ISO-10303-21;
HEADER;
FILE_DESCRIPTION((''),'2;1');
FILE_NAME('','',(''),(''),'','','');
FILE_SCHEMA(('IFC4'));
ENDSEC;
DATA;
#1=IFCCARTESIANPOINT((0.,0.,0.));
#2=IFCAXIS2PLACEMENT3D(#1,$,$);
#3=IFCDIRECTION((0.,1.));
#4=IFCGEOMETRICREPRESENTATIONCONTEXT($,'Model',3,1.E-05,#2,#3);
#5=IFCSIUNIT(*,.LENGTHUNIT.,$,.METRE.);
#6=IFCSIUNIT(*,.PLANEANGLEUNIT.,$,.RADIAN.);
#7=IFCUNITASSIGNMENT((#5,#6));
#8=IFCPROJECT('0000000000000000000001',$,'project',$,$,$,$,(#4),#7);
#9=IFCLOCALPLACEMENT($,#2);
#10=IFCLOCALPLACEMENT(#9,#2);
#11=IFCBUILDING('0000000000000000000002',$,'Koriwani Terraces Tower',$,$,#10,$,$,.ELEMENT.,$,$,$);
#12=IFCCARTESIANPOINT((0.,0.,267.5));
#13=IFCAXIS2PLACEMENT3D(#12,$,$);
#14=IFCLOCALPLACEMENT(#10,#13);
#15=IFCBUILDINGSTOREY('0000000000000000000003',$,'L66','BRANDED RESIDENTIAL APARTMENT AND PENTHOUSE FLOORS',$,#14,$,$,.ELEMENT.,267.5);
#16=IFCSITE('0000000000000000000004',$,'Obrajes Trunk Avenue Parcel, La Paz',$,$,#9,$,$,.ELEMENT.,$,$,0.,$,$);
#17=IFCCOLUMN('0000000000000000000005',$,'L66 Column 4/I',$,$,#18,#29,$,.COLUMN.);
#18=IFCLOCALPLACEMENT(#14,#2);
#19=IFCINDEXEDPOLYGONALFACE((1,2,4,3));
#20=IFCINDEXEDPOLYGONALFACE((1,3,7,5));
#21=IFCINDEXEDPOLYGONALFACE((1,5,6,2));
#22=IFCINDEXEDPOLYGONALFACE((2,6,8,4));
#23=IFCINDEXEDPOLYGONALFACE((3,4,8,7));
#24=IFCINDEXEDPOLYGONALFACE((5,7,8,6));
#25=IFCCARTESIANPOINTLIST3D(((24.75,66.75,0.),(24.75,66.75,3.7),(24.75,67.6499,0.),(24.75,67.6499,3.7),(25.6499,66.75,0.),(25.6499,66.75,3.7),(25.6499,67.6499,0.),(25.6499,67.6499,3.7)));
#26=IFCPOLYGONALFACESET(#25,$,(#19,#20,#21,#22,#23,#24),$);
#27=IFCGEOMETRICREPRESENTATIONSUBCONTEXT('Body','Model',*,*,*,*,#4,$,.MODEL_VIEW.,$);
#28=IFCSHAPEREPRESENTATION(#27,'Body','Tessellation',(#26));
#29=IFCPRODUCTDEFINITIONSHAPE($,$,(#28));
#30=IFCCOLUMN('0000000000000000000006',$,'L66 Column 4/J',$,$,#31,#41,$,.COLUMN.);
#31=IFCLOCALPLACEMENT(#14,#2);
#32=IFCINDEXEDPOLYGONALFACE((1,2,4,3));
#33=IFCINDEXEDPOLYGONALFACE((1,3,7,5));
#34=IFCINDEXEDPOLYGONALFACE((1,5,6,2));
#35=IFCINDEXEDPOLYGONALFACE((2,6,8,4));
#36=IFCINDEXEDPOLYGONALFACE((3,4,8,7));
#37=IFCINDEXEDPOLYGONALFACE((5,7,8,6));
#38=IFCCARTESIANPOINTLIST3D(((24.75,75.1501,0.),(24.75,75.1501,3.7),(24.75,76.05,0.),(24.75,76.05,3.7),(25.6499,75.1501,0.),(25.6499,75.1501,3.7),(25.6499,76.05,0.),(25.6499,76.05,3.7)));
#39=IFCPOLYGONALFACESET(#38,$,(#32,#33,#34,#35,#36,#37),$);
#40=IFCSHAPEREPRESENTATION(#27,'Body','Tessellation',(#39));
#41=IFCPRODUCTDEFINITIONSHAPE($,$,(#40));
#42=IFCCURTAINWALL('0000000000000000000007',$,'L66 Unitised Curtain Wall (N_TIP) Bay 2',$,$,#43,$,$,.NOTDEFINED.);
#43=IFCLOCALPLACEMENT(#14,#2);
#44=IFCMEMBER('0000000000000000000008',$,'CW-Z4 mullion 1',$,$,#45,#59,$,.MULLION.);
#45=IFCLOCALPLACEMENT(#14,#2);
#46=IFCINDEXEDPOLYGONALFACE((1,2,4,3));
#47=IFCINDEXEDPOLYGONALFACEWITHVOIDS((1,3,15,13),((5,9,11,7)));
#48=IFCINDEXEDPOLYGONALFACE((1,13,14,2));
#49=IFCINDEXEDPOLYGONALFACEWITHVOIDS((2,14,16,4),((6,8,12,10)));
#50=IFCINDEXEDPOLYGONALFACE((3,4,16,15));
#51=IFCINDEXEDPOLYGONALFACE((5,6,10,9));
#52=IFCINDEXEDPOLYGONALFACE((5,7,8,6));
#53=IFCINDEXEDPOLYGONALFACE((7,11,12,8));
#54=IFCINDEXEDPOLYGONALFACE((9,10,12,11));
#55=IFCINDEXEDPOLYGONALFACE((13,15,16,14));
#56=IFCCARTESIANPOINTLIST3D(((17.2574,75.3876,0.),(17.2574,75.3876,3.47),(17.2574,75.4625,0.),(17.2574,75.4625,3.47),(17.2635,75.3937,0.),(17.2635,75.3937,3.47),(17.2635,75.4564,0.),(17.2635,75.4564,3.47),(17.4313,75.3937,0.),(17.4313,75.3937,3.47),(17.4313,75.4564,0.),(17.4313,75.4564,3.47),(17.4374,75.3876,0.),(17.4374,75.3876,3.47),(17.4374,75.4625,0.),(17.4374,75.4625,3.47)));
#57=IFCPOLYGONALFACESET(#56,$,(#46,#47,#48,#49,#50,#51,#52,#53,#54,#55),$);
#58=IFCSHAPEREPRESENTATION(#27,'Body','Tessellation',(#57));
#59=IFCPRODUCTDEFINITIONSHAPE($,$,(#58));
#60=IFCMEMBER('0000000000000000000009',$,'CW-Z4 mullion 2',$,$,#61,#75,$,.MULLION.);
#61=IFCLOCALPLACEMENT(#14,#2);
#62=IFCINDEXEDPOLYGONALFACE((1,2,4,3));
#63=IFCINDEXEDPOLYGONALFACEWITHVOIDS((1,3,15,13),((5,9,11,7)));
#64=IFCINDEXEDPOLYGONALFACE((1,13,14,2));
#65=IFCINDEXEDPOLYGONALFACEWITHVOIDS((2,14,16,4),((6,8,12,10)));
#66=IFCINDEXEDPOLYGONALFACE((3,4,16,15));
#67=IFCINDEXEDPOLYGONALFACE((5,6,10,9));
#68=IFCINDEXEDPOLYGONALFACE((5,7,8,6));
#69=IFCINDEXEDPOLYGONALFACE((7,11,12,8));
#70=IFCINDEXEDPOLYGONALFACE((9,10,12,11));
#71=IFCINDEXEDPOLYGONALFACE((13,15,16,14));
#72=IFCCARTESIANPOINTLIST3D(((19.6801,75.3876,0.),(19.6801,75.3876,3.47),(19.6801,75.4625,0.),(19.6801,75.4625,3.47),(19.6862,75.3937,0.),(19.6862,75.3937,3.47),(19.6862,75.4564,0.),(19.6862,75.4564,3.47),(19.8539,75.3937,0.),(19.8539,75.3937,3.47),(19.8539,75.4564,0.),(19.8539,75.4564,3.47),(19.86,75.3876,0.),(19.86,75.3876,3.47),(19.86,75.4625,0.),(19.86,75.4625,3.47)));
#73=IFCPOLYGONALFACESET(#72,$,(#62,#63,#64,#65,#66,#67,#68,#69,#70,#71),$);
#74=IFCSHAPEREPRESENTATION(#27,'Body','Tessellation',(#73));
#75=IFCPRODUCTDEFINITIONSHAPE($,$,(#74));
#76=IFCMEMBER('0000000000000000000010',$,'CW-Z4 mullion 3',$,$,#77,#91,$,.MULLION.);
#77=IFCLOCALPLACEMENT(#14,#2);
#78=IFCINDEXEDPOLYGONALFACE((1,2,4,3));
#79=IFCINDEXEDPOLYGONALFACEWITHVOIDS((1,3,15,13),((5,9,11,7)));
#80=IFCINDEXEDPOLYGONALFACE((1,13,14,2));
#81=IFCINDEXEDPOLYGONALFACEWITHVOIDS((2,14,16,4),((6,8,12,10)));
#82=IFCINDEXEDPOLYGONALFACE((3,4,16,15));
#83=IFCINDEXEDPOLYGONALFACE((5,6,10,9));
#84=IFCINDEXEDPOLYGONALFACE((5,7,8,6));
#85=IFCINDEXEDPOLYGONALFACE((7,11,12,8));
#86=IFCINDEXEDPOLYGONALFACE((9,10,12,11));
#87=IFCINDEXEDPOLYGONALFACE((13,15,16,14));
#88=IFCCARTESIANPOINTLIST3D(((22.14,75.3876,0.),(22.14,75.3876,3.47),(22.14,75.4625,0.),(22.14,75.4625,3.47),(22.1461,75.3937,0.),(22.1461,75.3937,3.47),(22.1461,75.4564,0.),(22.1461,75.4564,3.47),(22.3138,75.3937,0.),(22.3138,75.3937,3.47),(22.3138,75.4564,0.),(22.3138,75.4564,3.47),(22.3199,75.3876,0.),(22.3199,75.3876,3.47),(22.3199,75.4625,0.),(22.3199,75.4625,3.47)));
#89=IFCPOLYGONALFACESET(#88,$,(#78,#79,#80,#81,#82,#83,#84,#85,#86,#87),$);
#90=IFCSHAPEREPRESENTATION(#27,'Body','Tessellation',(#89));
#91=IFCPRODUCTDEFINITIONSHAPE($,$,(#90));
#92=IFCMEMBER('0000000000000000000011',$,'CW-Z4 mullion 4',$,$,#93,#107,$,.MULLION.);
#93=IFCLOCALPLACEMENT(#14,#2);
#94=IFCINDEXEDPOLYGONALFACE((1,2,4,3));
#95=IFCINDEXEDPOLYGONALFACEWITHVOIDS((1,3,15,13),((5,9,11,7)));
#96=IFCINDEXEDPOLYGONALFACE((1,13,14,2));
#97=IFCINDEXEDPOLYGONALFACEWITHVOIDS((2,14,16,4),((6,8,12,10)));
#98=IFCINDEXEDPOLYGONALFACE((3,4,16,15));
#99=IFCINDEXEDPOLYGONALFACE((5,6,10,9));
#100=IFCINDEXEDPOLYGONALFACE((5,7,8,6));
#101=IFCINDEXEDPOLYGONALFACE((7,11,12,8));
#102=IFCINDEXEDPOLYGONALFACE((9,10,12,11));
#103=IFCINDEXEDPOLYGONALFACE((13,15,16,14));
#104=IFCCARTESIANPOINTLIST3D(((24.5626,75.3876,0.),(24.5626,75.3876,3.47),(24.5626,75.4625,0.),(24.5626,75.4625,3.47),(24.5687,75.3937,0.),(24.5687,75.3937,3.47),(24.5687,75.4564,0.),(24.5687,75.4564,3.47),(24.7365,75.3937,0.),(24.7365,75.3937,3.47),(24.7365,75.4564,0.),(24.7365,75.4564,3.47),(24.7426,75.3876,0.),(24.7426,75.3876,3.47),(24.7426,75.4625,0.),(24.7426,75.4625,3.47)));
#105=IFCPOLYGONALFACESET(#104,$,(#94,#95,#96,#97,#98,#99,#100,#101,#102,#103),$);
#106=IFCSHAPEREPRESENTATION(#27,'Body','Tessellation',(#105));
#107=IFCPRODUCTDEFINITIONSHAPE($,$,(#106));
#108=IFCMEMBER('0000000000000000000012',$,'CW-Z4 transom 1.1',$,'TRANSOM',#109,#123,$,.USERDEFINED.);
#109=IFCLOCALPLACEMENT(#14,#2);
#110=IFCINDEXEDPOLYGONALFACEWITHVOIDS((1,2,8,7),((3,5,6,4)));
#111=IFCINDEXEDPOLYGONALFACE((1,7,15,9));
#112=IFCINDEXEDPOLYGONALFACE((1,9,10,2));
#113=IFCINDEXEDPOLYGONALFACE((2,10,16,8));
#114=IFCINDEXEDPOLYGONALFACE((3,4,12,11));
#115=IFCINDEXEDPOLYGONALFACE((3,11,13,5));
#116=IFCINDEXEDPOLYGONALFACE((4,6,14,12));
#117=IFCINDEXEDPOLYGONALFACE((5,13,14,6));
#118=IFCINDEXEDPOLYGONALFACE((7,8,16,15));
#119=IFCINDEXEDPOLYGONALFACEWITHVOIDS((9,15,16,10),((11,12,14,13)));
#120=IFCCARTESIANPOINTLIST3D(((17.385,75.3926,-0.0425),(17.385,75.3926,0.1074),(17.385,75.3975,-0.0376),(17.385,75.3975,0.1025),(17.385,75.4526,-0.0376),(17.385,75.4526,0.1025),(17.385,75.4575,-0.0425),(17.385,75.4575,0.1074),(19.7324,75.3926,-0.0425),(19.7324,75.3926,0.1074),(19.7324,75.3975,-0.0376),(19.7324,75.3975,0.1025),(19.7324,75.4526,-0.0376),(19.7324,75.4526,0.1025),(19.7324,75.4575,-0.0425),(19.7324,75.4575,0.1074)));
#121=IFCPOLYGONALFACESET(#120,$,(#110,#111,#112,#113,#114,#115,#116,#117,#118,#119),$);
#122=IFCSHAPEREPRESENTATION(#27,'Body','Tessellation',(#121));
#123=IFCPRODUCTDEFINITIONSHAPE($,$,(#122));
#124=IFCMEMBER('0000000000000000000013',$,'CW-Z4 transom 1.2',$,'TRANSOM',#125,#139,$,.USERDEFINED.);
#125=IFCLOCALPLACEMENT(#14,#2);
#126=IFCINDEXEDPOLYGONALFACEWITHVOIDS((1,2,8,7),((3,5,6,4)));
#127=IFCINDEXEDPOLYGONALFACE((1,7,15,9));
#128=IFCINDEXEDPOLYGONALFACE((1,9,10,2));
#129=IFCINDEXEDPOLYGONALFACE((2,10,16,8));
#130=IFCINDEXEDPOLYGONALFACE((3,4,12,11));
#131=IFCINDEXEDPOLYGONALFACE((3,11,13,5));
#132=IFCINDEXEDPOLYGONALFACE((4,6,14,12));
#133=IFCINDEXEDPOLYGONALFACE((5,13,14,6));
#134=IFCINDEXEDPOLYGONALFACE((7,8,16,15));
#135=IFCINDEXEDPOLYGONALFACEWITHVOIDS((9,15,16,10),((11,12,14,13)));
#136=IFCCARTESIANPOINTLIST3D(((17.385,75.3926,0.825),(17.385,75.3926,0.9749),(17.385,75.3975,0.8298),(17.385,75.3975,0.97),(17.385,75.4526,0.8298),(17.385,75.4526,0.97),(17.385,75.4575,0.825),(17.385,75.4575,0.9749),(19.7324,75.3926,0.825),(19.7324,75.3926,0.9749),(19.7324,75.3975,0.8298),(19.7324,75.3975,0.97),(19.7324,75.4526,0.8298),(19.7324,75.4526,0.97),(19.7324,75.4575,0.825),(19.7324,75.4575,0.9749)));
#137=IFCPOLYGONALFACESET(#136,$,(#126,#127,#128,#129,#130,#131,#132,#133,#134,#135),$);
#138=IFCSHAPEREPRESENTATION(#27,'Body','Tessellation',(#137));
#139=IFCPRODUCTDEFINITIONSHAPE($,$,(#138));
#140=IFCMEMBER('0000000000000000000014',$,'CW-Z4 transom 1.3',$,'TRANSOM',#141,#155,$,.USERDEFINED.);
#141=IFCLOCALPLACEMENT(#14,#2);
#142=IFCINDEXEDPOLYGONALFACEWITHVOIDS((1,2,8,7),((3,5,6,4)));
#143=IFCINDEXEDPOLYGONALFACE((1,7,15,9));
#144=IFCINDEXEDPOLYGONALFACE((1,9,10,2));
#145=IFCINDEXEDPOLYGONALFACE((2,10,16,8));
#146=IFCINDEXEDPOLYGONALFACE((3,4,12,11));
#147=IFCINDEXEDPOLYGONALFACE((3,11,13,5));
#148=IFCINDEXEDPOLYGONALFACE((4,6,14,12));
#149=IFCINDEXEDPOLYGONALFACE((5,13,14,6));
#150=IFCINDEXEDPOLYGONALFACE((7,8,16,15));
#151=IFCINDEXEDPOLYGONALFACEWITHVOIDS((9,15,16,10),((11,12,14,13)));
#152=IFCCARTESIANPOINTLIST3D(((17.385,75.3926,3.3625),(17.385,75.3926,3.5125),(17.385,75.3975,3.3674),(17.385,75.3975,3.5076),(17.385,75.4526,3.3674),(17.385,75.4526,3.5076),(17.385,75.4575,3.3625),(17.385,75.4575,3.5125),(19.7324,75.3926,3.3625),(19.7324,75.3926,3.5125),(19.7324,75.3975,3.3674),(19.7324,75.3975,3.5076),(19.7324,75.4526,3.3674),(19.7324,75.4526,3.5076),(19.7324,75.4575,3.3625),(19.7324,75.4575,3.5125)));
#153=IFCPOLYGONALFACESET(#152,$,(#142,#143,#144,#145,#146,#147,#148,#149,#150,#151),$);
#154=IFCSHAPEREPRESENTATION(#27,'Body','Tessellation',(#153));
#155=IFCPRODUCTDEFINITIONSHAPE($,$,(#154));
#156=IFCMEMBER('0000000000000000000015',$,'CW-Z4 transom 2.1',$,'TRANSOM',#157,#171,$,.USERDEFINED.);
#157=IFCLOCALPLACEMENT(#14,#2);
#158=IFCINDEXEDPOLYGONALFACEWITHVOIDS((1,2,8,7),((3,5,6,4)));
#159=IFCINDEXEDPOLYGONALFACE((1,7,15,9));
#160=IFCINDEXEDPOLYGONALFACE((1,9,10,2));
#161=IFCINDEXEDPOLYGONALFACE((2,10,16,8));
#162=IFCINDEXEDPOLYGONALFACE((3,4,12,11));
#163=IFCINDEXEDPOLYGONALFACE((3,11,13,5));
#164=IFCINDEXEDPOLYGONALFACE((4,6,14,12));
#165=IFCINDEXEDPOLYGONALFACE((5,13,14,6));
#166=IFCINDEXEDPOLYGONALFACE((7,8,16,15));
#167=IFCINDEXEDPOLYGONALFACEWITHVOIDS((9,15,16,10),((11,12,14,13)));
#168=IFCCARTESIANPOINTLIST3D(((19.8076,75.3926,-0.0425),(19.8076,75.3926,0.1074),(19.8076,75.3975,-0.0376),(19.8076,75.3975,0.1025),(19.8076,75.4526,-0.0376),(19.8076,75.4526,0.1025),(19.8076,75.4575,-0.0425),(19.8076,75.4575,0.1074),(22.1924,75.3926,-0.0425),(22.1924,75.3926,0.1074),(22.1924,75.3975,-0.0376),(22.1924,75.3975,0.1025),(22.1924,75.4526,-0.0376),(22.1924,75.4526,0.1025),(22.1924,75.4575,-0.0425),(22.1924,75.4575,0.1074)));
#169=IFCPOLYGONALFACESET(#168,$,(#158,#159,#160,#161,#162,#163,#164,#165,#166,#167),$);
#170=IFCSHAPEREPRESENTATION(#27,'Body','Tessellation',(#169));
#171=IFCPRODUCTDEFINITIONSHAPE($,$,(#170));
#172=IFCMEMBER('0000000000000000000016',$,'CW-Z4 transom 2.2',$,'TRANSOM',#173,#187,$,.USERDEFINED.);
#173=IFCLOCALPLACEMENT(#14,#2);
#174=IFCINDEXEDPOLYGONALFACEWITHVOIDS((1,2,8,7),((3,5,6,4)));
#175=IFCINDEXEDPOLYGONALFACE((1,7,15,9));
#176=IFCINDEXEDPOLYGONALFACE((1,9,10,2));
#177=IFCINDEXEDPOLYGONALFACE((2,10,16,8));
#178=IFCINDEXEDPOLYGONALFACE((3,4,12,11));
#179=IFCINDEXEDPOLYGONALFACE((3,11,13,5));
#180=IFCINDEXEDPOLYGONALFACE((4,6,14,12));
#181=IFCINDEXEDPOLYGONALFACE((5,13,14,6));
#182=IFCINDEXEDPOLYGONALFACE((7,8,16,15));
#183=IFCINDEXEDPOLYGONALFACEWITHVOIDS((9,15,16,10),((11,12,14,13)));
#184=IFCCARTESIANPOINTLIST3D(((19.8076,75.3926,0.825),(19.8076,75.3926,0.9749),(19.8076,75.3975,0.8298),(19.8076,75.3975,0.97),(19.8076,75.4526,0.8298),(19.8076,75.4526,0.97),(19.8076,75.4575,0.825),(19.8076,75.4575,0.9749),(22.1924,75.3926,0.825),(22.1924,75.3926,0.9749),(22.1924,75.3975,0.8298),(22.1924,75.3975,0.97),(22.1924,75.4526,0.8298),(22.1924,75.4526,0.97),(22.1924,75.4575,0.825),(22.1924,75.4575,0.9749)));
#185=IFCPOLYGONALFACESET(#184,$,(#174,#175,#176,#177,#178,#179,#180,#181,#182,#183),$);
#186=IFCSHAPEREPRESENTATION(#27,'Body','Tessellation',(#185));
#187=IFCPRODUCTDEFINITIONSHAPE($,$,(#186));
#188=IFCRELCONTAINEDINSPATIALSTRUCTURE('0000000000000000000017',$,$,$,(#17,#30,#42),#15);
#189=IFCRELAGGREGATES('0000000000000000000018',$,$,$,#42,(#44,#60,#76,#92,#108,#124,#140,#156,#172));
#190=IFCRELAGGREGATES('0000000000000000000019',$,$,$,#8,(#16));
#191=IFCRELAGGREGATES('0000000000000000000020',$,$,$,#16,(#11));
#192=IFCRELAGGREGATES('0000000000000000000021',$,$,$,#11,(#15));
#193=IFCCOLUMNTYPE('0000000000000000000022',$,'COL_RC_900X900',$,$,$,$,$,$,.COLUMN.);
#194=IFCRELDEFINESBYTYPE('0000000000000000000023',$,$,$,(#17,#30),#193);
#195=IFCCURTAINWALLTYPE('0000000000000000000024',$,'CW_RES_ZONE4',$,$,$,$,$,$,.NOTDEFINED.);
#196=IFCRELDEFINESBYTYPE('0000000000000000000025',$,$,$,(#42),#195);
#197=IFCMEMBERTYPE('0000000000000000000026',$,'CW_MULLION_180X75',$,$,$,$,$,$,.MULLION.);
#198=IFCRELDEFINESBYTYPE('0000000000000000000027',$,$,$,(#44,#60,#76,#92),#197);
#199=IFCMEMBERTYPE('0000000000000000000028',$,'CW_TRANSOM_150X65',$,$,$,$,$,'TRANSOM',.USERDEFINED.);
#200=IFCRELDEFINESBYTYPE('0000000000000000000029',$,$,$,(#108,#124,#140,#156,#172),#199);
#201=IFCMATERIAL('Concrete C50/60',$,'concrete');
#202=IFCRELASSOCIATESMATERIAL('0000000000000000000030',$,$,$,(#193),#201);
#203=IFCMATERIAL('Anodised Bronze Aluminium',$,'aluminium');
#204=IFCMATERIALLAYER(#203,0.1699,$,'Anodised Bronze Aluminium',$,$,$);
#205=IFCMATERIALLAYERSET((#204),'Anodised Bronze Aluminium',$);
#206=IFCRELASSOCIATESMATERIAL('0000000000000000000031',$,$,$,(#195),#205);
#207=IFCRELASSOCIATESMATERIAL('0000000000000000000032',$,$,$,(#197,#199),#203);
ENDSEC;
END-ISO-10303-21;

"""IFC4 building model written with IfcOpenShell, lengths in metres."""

from ifc_helpers import new_model, si_unit, direction, frame, origin, origin_2d, place, context, subcontext, project, spatial, rectangle, hollow_rectangle, extrude, material, layer, layer_set, material_profile, profile_set, type_object, element, aggregate, save


model = new_model("IFC4")

# Units and contexts
model_context = context("Model", 3, precision=1e-05, world=origin(), true_north=direction((0.0, 1.0)))
body_context = subcontext(model_context, "Body", "Model", "MODEL_VIEW")
ifc_project = project(units=[si_unit("LENGTHUNIT", "METRE"), si_unit("PLANEANGLEUNIT", "RADIAN")], contexts=[model_context])

# Site, building, storey
site_placement = place(None, origin())
site = spatial("IfcSite", under=ifc_project, at=site_placement, Name="Obrajes Trunk Avenue Parcel, La Paz", CompositionType="ELEMENT", RefElevation=0.0)
building_placement = place(site_placement, origin())
building = spatial("IfcBuilding", under=site, at=building_placement, Name="Koriwani Terraces Tower", CompositionType="ELEMENT")
storey_placement = place(building_placement, frame((0.0, 0.0, 267.5)))
storey = spatial("IfcBuildingStorey", under=building, at=storey_placement, Name="L66", Description="BRANDED RESIDENTIAL APARTMENT AND PENTHOUSE FLOORS", CompositionType="ELEMENT", Elevation=267.5)

# Columns
ifc_material_1 = material(Name="Concrete C50/60", Category="concrete")
ifc_material_profile_1 = material_profile(ifc_material_1, rectangle(XDim=0.8999, YDim=0.8999, at=origin_2d()), Name="Concrete C50/60", Category="LoadBearing")
ifc_profile_set_1 = profile_set([ifc_material_profile_1], Name="Concrete C50/60")
column_type = type_object("IfcColumnType", Name="COL_RC_900X900", PredefinedType="COLUMN", material=ifc_profile_set_1)
for number, where, z_axis, x_axis, name in (
    (1, (25.2, 67.2, 0.0), (0.0, 0.0, 1.0), (1.0, 0.0, 0.0), "L66 Column 4/I"),
    (2, (25.2, 75.6001, 0.0), (0.0, 0.0, 1.0), (1.0, 0.0, 0.0), "L66 Column 4/J"),
):
    element("IfcColumn", number, at=place(storey_placement, frame(where, z_axis=z_axis, x_axis=x_axis)), inside=storey, type_object=column_type, Name=name, PredefinedType="COLUMN", context=body_context, shape_type="SweptSolid", body=[
        extrude(rectangle(XDim=0.8999, YDim=0.8999, at=origin_2d()), origin(), (0.0, 0.0, 1.0), 3.7),
    ])

# Curtain wall, members
ifc_material_2 = material(Name="Anodised Bronze Aluminium", Category="aluminium")
ifc_layer_1 = layer(ifc_material_2, 0.1699, Name="Anodised Bronze Aluminium")
ifc_layer_set_1 = layer_set([ifc_layer_1], Name="Anodised Bronze Aluminium")
curtain_wall_type = type_object("IfcCurtainWallType", Name="CW_RES_ZONE4", PredefinedType="NOTDEFINED", material=ifc_layer_set_1)
curtain_wall_placement = place(storey_placement, origin())
curtain_wall = element("IfcCurtainWall", 3, at=curtain_wall_placement, inside=storey, type_object=curtain_wall_type, Name="L66 Unitised Curtain Wall (N_TIP) Bay 2", PredefinedType="NOTDEFINED")
ifc_material_profile_2 = material_profile(ifc_material_2, hollow_rectangle(XDim=0.075, YDim=0.1799, WallThickness=0.0061, at=origin_2d()), Name="Anodised Bronze Aluminium", Category="LoadBearing")
ifc_profile_set_2 = profile_set([ifc_material_profile_2], Name="Anodised Bronze Aluminium")
member_type_1 = type_object("IfcMemberType", Name="CW_MULLION_180X75", PredefinedType="MULLION", material=ifc_profile_set_2)
member_1_placement = place(storey_placement, frame((17.3474, 75.425, 0.0), z_axis=(0.0, 0.0, 1.0), x_axis=(0.0, 1.0, 0.0)))
member_1 = element("IfcMember", 4, at=member_1_placement, type_object=member_type_1, Name="CW-Z4 mullion 1", PredefinedType="MULLION", context=body_context, shape_type="SweptSolid", body=[
    extrude(hollow_rectangle(XDim=0.075, YDim=0.1799, WallThickness=0.0061, at=origin_2d()), origin(), (0.0, 0.0, 1.0), 3.47),
])
member_2_placement = place(storey_placement, frame((19.77, 75.425, 0.0), z_axis=(0.0, 0.0, 1.0), x_axis=(0.0, 1.0, 0.0)))
member_2 = element("IfcMember", 5, at=member_2_placement, type_object=member_type_1, Name="CW-Z4 mullion 2", PredefinedType="MULLION", context=body_context, shape_type="SweptSolid", body=[
    extrude(hollow_rectangle(XDim=0.075, YDim=0.1799, WallThickness=0.0061, at=origin_2d()), origin(), (0.0, 0.0, 1.0), 3.47),
])
member_3_placement = place(storey_placement, frame((22.23, 75.425, 0.0), z_axis=(0.0, 0.0, 1.0), x_axis=(0.0, 1.0, 0.0)))
member_3 = element("IfcMember", 6, at=member_3_placement, type_object=member_type_1, Name="CW-Z4 mullion 3", PredefinedType="MULLION", context=body_context, shape_type="SweptSolid", body=[
    extrude(hollow_rectangle(XDim=0.075, YDim=0.1799, WallThickness=0.0061, at=origin_2d()), origin(), (0.0, 0.0, 1.0), 3.47),
])
member_4_placement = place(storey_placement, frame((24.6526, 75.425, 0.0), z_axis=(0.0, 0.0, 1.0), x_axis=(0.0, 1.0, 0.0)))
member_4 = element("IfcMember", 7, at=member_4_placement, type_object=member_type_1, Name="CW-Z4 mullion 4", PredefinedType="MULLION", context=body_context, shape_type="SweptSolid", body=[
    extrude(hollow_rectangle(XDim=0.075, YDim=0.1799, WallThickness=0.0061, at=origin_2d()), origin(), (0.0, 0.0, 1.0), 3.47),
])
ifc_material_profile_3 = material_profile(ifc_material_2, hollow_rectangle(XDim=0.0649, YDim=0.1499, WallThickness=0.0049, at=origin_2d()), Name="Anodised Bronze Aluminium", Category="LoadBearing")
ifc_profile_set_3 = profile_set([ifc_material_profile_3], Name="Anodised Bronze Aluminium")
member_type_2 = type_object("IfcMemberType", Name="CW_TRANSOM_150X65", ElementType="TRANSOM", PredefinedType="USERDEFINED", material=ifc_profile_set_3)
member_5_placement = place(storey_placement, frame((17.385, 75.425, 0.0325), z_axis=(1.0, 0.0, 0.0), x_axis=(0.0, 1.0, 0.0)))
member_5 = element("IfcMember", 8, at=member_5_placement, type_object=member_type_2, Name="CW-Z4 transom 1.1", ObjectType="TRANSOM", PredefinedType="USERDEFINED", context=body_context, shape_type="SweptSolid", body=[
    extrude(hollow_rectangle(XDim=0.0649, YDim=0.1499, WallThickness=0.0049, at=origin_2d()), origin(), (0.0, 0.0, 1.0), 2.3474),
])
member_6_placement = place(storey_placement, frame((17.385, 75.425, 0.8999), z_axis=(1.0, 0.0, 0.0), x_axis=(0.0, 1.0, 0.0)))
member_6 = element("IfcMember", 9, at=member_6_placement, type_object=member_type_2, Name="CW-Z4 transom 1.2", ObjectType="TRANSOM", PredefinedType="USERDEFINED", context=body_context, shape_type="SweptSolid", body=[
    extrude(hollow_rectangle(XDim=0.0649, YDim=0.1499, WallThickness=0.0049, at=origin_2d()), origin(), (0.0, 0.0, 1.0), 2.3474),
])
member_7_placement = place(storey_placement, frame((17.385, 75.425, 3.4375), z_axis=(1.0, 0.0, 0.0), x_axis=(0.0, 1.0, 0.0)))
member_7 = element("IfcMember", 10, at=member_7_placement, type_object=member_type_2, Name="CW-Z4 transom 1.3", ObjectType="TRANSOM", PredefinedType="USERDEFINED", context=body_context, shape_type="SweptSolid", body=[
    extrude(hollow_rectangle(XDim=0.0649, YDim=0.1499, WallThickness=0.0049, at=origin_2d()), origin(), (0.0, 0.0, 1.0), 2.3474),
])
member_8_placement = place(storey_placement, frame((19.8076, 75.425, 0.0325), z_axis=(1.0, 0.0, 0.0), x_axis=(0.0, 1.0, 0.0)))
member_8 = element("IfcMember", 11, at=member_8_placement, type_object=member_type_2, Name="CW-Z4 transom 2.1", ObjectType="TRANSOM", PredefinedType="USERDEFINED", context=body_context, shape_type="SweptSolid", body=[
    extrude(hollow_rectangle(XDim=0.0649, YDim=0.1499, WallThickness=0.0049, at=origin_2d()), origin(), (0.0, 0.0, 1.0), 2.3848),
])
member_9_placement = place(storey_placement, frame((19.8076, 75.425, 0.8999), z_axis=(1.0, 0.0, 0.0), x_axis=(0.0, 1.0, 0.0)))
member_9 = element("IfcMember", 12, at=member_9_placement, type_object=member_type_2, Name="CW-Z4 transom 2.2", ObjectType="TRANSOM", PredefinedType="USERDEFINED", context=body_context, shape_type="SweptSolid", body=[
    extrude(hollow_rectangle(XDim=0.0649, YDim=0.1499, WallThickness=0.0049, at=origin_2d()), origin(), (0.0, 0.0, 1.0), 2.3848),
])
aggregate(curtain_wall, [member_1, member_2, member_3, member_4, member_5, member_6, member_7, member_8, member_9])

save(model, "model.ifc")
